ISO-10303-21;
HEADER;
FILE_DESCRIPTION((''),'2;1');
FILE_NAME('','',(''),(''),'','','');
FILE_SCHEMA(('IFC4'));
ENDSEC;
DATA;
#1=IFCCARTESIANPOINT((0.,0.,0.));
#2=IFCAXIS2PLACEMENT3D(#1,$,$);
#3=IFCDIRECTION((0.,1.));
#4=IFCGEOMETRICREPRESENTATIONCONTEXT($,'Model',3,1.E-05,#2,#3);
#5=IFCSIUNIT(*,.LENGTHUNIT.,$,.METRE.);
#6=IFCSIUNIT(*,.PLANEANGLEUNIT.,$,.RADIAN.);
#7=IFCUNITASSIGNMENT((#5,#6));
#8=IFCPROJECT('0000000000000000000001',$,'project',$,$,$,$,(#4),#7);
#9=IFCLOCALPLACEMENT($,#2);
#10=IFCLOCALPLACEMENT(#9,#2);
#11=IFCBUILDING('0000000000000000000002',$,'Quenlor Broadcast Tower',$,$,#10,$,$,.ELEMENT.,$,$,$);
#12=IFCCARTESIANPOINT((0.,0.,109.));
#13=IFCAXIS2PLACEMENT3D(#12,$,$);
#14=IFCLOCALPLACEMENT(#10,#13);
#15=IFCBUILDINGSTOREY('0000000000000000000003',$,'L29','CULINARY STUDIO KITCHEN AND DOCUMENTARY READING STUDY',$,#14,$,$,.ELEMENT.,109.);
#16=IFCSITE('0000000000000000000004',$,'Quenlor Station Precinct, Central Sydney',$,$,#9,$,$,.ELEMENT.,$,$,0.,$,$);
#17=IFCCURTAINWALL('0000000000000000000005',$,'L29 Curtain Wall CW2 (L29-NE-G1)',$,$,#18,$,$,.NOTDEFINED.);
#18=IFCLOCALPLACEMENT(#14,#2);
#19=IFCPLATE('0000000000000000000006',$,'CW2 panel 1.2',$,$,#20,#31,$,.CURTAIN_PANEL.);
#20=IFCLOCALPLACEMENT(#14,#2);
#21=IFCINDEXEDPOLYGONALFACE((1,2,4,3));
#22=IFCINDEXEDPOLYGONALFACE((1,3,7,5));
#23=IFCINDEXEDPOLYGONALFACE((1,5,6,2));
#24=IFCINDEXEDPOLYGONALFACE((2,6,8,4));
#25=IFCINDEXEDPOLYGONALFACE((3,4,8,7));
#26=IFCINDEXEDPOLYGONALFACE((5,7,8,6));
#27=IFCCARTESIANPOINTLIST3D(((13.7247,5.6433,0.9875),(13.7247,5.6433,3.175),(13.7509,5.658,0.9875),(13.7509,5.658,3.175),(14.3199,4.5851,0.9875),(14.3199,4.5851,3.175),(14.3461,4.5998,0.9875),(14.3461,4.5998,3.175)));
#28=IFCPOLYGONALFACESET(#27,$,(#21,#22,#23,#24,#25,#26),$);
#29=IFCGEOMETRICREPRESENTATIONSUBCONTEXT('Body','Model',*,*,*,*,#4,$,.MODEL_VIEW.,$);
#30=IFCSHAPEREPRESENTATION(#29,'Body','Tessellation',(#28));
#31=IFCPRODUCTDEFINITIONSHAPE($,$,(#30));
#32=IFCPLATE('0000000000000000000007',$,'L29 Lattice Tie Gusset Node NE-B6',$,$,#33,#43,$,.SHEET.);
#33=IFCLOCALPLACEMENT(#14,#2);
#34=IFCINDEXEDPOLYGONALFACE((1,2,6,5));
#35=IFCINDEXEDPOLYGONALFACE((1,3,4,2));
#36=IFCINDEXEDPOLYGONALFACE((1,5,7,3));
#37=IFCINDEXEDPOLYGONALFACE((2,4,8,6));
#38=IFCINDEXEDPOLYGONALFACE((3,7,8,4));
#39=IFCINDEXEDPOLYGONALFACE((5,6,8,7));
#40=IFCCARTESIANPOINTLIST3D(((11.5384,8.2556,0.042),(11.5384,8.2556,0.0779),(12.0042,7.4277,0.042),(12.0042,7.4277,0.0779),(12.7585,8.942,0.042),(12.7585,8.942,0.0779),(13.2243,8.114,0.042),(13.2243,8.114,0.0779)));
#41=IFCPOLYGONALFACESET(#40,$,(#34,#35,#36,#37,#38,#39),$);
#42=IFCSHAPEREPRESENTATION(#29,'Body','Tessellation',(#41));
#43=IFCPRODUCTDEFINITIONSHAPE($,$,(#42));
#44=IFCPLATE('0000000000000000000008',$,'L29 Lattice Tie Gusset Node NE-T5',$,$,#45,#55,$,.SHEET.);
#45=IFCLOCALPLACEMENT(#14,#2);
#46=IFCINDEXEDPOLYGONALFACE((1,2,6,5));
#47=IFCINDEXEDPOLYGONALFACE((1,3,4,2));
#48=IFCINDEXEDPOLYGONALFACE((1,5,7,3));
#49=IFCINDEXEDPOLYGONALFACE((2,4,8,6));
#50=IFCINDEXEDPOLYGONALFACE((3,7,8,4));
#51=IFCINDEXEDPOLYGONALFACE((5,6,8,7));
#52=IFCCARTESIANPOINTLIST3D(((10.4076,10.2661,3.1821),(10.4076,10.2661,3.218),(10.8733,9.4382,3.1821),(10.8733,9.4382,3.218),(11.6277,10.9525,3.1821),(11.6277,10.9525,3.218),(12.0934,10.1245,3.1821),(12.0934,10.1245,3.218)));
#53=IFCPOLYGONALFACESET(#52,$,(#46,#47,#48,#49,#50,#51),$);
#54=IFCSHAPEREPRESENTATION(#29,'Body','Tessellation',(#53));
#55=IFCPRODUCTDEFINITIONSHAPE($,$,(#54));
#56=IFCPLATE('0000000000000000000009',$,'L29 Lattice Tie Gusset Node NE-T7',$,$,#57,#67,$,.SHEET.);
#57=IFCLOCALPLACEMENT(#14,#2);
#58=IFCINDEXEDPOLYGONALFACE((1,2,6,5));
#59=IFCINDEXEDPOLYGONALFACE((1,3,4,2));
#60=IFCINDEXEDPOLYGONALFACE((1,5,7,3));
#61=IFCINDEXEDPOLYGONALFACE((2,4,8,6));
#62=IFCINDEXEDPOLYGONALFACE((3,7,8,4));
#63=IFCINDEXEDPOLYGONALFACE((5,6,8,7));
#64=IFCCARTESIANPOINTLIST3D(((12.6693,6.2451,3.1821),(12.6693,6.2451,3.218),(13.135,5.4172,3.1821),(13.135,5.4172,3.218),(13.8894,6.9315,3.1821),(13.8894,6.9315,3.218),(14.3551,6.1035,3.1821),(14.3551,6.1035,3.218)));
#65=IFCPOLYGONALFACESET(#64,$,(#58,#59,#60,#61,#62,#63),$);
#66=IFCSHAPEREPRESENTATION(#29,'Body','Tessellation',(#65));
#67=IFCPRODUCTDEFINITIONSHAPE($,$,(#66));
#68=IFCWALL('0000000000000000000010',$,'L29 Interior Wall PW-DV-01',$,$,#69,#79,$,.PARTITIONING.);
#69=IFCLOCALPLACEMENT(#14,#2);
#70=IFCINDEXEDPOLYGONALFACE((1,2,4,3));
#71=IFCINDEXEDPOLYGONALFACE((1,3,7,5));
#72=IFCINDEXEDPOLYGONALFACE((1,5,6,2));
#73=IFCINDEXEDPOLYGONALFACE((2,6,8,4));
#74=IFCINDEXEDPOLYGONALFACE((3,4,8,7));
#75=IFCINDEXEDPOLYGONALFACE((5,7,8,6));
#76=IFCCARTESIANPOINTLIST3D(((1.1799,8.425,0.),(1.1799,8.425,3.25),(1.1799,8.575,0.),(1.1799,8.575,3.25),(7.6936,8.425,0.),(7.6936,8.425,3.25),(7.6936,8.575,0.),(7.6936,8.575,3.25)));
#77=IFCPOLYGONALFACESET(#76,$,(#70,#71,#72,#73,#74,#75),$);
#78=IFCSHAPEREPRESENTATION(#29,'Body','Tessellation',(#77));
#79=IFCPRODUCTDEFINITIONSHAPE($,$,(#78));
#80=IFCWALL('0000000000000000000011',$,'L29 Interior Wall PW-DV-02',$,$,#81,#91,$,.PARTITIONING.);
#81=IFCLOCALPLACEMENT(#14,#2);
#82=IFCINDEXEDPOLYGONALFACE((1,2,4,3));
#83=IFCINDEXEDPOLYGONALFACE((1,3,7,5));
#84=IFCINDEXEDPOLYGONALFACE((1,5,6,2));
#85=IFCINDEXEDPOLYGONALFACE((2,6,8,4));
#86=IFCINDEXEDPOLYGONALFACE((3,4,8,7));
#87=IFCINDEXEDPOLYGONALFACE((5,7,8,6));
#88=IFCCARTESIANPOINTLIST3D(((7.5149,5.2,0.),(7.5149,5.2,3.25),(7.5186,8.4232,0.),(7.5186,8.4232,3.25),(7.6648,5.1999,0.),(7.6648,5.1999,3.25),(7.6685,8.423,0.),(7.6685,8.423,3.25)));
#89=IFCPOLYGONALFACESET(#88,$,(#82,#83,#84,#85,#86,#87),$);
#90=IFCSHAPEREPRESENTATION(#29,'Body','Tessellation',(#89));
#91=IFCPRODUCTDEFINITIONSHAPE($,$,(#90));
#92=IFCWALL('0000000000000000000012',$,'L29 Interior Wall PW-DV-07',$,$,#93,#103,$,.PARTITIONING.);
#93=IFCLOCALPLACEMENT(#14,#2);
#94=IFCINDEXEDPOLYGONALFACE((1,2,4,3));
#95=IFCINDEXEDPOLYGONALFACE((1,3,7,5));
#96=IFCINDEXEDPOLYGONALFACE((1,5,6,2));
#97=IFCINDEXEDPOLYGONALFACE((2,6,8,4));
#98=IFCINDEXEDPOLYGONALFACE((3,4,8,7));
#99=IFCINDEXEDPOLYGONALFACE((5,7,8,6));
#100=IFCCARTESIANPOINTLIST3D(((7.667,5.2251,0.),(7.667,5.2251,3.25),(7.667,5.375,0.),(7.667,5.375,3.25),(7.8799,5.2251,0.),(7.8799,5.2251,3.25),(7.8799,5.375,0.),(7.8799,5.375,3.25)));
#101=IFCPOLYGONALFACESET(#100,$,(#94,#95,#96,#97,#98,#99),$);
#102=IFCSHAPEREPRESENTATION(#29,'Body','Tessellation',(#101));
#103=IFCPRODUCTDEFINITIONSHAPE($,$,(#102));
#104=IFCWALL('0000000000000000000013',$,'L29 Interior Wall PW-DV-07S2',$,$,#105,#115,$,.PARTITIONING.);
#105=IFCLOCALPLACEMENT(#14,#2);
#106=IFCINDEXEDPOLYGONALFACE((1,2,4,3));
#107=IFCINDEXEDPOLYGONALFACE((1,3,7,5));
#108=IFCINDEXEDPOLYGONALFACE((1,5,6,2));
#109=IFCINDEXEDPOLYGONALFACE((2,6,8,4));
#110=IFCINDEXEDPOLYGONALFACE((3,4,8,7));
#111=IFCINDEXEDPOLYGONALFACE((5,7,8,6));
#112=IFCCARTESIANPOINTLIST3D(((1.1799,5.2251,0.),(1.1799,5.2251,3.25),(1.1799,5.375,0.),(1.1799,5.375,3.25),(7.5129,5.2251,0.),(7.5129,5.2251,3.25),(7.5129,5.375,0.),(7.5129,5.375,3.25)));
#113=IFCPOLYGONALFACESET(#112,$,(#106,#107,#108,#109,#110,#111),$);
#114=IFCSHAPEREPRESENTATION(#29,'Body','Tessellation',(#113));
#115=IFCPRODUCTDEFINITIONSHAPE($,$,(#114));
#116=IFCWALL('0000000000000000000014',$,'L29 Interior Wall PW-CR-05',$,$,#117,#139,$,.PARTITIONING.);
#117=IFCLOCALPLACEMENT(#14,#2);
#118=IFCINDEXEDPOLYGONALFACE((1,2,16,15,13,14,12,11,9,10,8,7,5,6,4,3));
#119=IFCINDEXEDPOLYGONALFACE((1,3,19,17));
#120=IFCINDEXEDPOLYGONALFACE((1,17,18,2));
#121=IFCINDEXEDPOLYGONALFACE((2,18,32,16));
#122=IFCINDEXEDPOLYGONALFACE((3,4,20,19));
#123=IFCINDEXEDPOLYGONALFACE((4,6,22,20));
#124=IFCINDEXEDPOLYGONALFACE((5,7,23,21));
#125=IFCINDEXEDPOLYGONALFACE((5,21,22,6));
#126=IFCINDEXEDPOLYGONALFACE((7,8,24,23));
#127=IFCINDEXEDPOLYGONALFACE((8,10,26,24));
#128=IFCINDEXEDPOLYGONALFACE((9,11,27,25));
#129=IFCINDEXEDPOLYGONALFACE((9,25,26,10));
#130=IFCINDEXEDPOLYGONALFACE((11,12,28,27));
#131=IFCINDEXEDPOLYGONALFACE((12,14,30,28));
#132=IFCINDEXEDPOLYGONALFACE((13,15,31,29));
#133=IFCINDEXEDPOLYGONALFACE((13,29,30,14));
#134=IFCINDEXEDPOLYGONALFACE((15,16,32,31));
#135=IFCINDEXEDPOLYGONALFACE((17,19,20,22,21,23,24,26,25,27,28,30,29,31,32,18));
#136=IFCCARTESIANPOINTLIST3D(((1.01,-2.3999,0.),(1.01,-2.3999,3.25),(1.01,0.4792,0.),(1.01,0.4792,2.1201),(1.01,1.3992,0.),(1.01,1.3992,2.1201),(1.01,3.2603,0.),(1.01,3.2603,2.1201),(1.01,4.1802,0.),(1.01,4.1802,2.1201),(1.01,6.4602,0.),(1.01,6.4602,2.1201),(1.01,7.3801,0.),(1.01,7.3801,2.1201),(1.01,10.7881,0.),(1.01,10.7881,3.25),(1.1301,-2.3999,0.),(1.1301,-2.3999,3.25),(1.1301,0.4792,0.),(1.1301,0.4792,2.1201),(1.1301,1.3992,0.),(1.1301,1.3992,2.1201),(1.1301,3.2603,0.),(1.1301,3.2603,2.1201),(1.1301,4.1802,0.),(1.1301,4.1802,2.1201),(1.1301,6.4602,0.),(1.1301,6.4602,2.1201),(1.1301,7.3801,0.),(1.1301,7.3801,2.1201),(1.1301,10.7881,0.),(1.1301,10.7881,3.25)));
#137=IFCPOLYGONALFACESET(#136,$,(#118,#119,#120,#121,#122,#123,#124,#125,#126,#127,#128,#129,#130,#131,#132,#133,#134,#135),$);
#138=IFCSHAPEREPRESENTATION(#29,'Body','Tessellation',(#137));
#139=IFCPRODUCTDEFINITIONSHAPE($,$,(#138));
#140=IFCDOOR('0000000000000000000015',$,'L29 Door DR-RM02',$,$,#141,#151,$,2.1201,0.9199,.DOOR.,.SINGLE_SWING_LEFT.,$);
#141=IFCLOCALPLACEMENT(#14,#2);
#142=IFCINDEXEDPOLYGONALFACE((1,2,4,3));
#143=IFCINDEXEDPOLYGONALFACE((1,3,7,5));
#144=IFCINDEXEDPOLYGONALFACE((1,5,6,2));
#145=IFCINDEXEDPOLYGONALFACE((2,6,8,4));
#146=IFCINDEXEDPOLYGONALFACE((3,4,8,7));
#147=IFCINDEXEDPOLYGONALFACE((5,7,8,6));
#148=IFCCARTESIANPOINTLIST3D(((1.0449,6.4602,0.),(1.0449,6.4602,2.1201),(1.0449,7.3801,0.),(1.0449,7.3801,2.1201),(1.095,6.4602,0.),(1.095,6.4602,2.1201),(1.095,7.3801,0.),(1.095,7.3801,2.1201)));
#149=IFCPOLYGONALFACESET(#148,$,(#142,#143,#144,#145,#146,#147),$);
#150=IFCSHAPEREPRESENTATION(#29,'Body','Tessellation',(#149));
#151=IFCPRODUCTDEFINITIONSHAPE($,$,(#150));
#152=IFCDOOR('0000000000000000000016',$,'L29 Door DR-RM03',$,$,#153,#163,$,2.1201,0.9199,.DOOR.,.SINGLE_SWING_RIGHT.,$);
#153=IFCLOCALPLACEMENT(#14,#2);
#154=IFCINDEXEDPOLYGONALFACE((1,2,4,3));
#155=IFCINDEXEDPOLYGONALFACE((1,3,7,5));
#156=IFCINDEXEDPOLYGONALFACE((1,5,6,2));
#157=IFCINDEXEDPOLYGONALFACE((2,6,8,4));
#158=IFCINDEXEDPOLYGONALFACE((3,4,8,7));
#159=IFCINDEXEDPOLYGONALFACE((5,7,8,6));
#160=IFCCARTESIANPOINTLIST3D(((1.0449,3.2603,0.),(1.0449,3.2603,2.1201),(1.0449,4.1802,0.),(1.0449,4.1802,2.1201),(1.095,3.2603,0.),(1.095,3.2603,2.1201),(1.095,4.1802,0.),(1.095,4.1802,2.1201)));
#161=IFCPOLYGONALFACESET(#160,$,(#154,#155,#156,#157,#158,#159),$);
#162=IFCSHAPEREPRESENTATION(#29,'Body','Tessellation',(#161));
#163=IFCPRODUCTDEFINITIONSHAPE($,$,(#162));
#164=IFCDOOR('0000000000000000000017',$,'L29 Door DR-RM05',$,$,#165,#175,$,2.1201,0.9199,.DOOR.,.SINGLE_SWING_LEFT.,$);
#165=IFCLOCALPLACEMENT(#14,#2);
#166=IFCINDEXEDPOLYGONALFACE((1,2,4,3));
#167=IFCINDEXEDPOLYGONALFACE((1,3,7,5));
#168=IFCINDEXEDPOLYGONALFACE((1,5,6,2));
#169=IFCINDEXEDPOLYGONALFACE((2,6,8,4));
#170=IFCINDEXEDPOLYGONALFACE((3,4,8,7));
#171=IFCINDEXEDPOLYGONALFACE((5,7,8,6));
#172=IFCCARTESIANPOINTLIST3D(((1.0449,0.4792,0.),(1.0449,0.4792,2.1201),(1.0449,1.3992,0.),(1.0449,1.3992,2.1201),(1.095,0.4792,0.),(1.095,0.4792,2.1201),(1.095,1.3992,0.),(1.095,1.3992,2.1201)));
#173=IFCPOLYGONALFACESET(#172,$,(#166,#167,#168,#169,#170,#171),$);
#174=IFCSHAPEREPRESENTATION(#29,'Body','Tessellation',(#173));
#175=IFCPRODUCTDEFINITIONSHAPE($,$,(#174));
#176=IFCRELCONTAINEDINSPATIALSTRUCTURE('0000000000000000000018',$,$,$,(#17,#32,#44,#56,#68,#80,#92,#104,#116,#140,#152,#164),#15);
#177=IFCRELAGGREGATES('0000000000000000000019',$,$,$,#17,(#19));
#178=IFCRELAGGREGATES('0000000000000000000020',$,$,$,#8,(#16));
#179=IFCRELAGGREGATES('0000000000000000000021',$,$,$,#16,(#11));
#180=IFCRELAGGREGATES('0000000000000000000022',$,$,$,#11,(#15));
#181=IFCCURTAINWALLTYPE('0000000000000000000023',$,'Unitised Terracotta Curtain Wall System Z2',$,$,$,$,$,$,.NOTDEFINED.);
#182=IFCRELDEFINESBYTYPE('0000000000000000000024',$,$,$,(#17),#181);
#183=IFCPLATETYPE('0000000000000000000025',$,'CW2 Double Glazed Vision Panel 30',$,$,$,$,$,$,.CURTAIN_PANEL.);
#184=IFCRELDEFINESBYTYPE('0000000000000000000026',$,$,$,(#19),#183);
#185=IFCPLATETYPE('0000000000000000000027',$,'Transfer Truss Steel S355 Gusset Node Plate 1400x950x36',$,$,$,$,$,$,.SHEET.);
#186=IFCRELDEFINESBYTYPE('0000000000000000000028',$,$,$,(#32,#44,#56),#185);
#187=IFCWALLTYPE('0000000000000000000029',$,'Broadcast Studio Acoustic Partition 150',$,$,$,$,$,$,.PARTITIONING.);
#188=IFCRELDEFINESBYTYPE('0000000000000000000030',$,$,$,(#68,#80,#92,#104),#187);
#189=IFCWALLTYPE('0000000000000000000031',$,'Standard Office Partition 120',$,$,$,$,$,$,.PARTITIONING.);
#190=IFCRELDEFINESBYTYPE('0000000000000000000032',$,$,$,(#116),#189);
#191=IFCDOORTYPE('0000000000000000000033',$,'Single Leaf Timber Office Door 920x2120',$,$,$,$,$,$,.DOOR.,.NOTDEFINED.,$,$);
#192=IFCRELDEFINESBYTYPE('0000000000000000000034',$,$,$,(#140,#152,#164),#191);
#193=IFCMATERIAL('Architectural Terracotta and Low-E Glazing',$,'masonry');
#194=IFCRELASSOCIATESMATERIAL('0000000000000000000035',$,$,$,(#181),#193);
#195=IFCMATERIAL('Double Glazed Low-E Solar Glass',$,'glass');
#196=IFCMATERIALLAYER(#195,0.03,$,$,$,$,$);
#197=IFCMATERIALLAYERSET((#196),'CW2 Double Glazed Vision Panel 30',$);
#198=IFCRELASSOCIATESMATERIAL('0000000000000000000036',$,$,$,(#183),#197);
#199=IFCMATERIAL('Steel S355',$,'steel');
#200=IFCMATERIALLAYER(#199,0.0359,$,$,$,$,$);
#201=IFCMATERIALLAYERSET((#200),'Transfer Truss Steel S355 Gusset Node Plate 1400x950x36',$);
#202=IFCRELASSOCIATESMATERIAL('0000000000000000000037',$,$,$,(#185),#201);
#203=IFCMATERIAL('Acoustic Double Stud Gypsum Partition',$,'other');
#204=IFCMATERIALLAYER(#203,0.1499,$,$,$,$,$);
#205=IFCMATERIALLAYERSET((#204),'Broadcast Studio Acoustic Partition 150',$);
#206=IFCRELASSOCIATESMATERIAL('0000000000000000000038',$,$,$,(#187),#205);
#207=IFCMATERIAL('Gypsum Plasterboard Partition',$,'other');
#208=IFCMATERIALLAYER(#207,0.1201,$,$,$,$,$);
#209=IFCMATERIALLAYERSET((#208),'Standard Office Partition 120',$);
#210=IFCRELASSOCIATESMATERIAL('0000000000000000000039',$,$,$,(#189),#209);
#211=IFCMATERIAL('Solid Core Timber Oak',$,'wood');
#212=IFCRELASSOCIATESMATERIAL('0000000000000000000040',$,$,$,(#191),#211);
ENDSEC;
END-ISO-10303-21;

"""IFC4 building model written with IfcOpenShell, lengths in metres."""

from ifc_helpers import new_model, si_unit, direction, frame, frame_2d, origin, origin_2d, place, context, subcontext, project, spatial, rectangle, extrude, material, layer, layer_set, type_object, element, fill, aggregate, save


model = new_model("IFC4")

# Units and contexts
model_context = context("Model", 3, precision=1e-05, world=origin(), true_north=direction((0.0, 1.0)))
body_context = subcontext(model_context, "Body", "Model", "MODEL_VIEW")
ifc_project = project(units=[si_unit("LENGTHUNIT", "METRE"), si_unit("PLANEANGLEUNIT", "RADIAN")], contexts=[model_context])

# Site, building, storey
site_placement = place(None, origin())
site = spatial("IfcSite", under=ifc_project, at=site_placement, Name="Quenlor Station Precinct, Central Sydney", CompositionType="ELEMENT", RefElevation=0.0)
building_placement = place(site_placement, origin())
building = spatial("IfcBuilding", under=site, at=building_placement, Name="Quenlor Broadcast Tower", CompositionType="ELEMENT")
storey_placement = place(building_placement, frame((0.0, 0.0, 109.0)))
storey = spatial("IfcBuildingStorey", under=building, at=storey_placement, Name="L29", Description="CULINARY STUDIO KITCHEN AND DOCUMENTARY READING STUDY", CompositionType="ELEMENT", Elevation=109.0)

# Shared definitions
ifc_material_1 = material(Name="Architectural Terracotta and Low-E Glazing", Category="masonry")
curtain_wall_type = type_object("IfcCurtainWallType", Name="Unitised Terracotta Curtain Wall System Z2", PredefinedType="NOTDEFINED", material=ifc_material_1)

# Curtain wall
curtain_wall_1_placement = place(storey_placement, origin())
curtain_wall_1 = element("IfcCurtainWall", 1, at=curtain_wall_1_placement, inside=storey, type_object=curtain_wall_type, Name="L29 Curtain Wall CW2 (L29-NE-G1)", PredefinedType="NOTDEFINED")

# Plate
ifc_material_2 = material(Name="Double Glazed Low-E Solar Glass", Category="glass")
ifc_layer_1 = layer(ifc_material_2, 0.03)
ifc_layer_set_1 = layer_set([ifc_layer_1], Name="CW2 Double Glazed Vision Panel 30")
plate_type_1 = type_object("IfcPlateType", Name="CW2 Double Glazed Vision Panel 30", PredefinedType="CURTAIN_PANEL", material=ifc_layer_set_1)
plate_1_placement = place(storey_placement, frame((14.0354, 5.1216, 0.9875), z_axis=(0.0, 0.0, 1.0), x_axis=(0.490254, -0.871579, 0.0)))
plate_1 = element("IfcPlate", 2, at=plate_1_placement, type_object=plate_type_1, Name="CW2 panel 1.2", PredefinedType="CURTAIN_PANEL", context=body_context, shape_type="SweptSolid", body=[
    extrude(rectangle(XDim=1.2141, YDim=0.03, at=origin_2d()), origin(), (0.0, 0.0, 1.0), 2.1875),
])
aggregate(curtain_wall_1, [plate_1])

# Plates
ifc_material_3 = material(Name="Steel S355", Category="steel")
ifc_layer_2 = layer(ifc_material_3, 0.0359)
ifc_layer_set_2 = layer_set([ifc_layer_2], Name="Transfer Truss Steel S355 Gusset Node Plate 1400x950x36")
plate_type_2 = type_object("IfcPlateType", Name="Transfer Truss Steel S355 Gusset Node Plate 1400x950x36", PredefinedType="SHEET", material=ifc_layer_set_2)
for number, where, z_axis, x_axis, name in (
    (3, (12.3813, 8.1848, 0.042), (0.0, 0.0, 1.0), (0.871556, 0.490295, 0.0), "L29 Lattice Tie Gusset Node NE-B6"),
    (4, (11.2505, 10.1953, 3.1821), (0.0, 0.0, 1.0), (0.871556, 0.490295, 0.0), "L29 Lattice Tie Gusset Node NE-T5"),
    (5, (13.5122, 6.1743, 3.1821), (0.0, 0.0, 1.0), (0.871556, 0.490295, 0.0), "L29 Lattice Tie Gusset Node NE-T7"),
):
    element("IfcPlate", number, at=place(storey_placement, frame(where, z_axis=z_axis, x_axis=x_axis)), inside=storey, type_object=plate_type_2, Name=name, PredefinedType="SHEET", context=body_context, shape_type="SweptSolid", body=[
        extrude(rectangle(XDim=1.3999, YDim=0.95, at=origin_2d()), origin(), (0.0, 0.0, 1.0), 0.0359),
    ])

# Walls
ifc_material_4 = material(Name="Acoustic Double Stud Gypsum Partition", Category="other")
ifc_layer_3 = layer(ifc_material_4, 0.1499)
ifc_layer_set_3 = layer_set([ifc_layer_3], Name="Broadcast Studio Acoustic Partition 150")
wall_type_1 = type_object("IfcWallType", Name="Broadcast Studio Acoustic Partition 150", PredefinedType="PARTITIONING", material=ifc_layer_set_3)
wall_1_placement = place(storey_placement, frame((7.6936, 8.5, 0.0), z_axis=(0.0, 0.0, 1.0), x_axis=(-1.0, 0.0, 0.0)))
element("IfcWall", 6, at=wall_1_placement, inside=storey, type_object=wall_type_1, Name="L29 Interior Wall PW-DV-01", PredefinedType="PARTITIONING", context=body_context, shape_type="SweptSolid", body=[
    extrude(rectangle(XDim=6.5137, YDim=0.1499, at=frame_2d((3.2568, 0.0))), origin(), (0.0, 0.0, 1.0), 3.25),
])
wall_2_placement = place(storey_placement, frame((7.5898, 5.2, 0.0), z_axis=(0.0, 0.0, 1.0), x_axis=(0.001136, 0.999999, 0.0)))
element("IfcWall", 7, at=wall_2_placement, inside=storey, type_object=wall_type_1, Name="L29 Interior Wall PW-DV-02", PredefinedType="PARTITIONING", context=body_context, shape_type="SweptSolid", body=[
    extrude(rectangle(XDim=3.2231, YDim=0.1499, at=frame_2d((1.6116, 0.0))), origin(), (0.0, 0.0, 1.0), 3.25),
])
wall_3_placement = place(storey_placement, frame((7.8799, 5.3, 0.0), z_axis=(0.0, 0.0, 1.0), x_axis=(-1.0, 0.0, 0.0)))
element("IfcWall", 8, at=wall_3_placement, inside=storey, type_object=wall_type_1, Name="L29 Interior Wall PW-DV-07", PredefinedType="PARTITIONING", context=body_context, shape_type="SweptSolid", body=[
    extrude(rectangle(XDim=0.2129, YDim=0.1499, at=frame_2d((0.1064, 0.0))), origin(), (0.0, 0.0, 1.0), 3.25),
])
wall_4_placement = place(storey_placement, frame((7.5129, 5.3, 0.0), z_axis=(0.0, 0.0, 1.0), x_axis=(-1.0, 0.0, 0.0)))
element("IfcWall", 9, at=wall_4_placement, inside=storey, type_object=wall_type_1, Name="L29 Interior Wall PW-DV-07S2", PredefinedType="PARTITIONING", context=body_context, shape_type="SweptSolid", body=[
    extrude(rectangle(XDim=6.333, YDim=0.1499, at=frame_2d((3.1665, 0.0))), origin(), (0.0, 0.0, 1.0), 3.25),
])

# Wall, openings, doors
ifc_material_5 = material(Name="Gypsum Plasterboard Partition", Category="other")
ifc_layer_4 = layer(ifc_material_5, 0.1201)
ifc_layer_set_4 = layer_set([ifc_layer_4], Name="Standard Office Partition 120")
wall_type_2 = type_object("IfcWallType", Name="Standard Office Partition 120", PredefinedType="PARTITIONING", material=ifc_layer_set_4)
wall_5_placement = place(storey_placement, frame((1.0701, 10.7881, 0.0), z_axis=(0.0, 0.0, 1.0), x_axis=(0.0, -1.0, 0.0)))
wall_5 = element("IfcWall", 10, at=wall_5_placement, inside=storey, type_object=wall_type_2, Name="L29 Interior Wall PW-CR-05", PredefinedType="PARTITIONING", context=body_context, shape_type="SweptSolid", body=[
    extrude(rectangle(XDim=13.188, YDim=0.1201, at=frame_2d((6.594, 0.0))), origin(), (0.0, 0.0, 1.0), 3.25),
])
opening_1_placement = place(wall_5_placement, frame((3.408, 0.0, 0.0)))
opening_1 = element("IfcOpeningElement", 11, at=opening_1_placement, cuts=wall_5, PredefinedType="OPENING", context=body_context, shape_type="SweptSolid", body=[
    extrude(rectangle(XDim=0.9199, YDim=2.1201, at=frame_2d((0.46, 1.0601))), frame((0.0, 0.0701, 0.0), z_axis=(0.0, -1.0, 0.0), x_axis=(1.0, 0.0, 0.0)), (0.0, 0.0, 1.0), 0.1401),
])
opening_2_placement = place(wall_5_placement, frame((6.6079, 0.0, 0.0)))
opening_2 = element("IfcOpeningElement", 12, at=opening_2_placement, cuts=wall_5, PredefinedType="OPENING", context=body_context, shape_type="SweptSolid", body=[
    extrude(rectangle(XDim=0.9199, YDim=2.1201, at=frame_2d((0.46, 1.0601))), frame((0.0, 0.0701, 0.0), z_axis=(0.0, -1.0, 0.0), x_axis=(1.0, 0.0, 0.0)), (0.0, 0.0, 1.0), 0.1401),
])
opening_3_placement = place(wall_5_placement, frame((9.3889, 0.0, 0.0)))
opening_3 = element("IfcOpeningElement", 13, at=opening_3_placement, cuts=wall_5, PredefinedType="OPENING", context=body_context, shape_type="SweptSolid", body=[
    extrude(rectangle(XDim=0.9199, YDim=2.1201, at=frame_2d((0.46, 1.0601))), frame((0.0, 0.0701, 0.0), z_axis=(0.0, -1.0, 0.0), x_axis=(1.0, 0.0, 0.0)), (0.0, 0.0, 1.0), 0.1401),
])
ifc_material_6 = material(Name="Solid Core Timber Oak", Category="wood")
door_type = type_object("IfcDoorType", Name="Single Leaf Timber Office Door 920x2120", OperationType="NOTDEFINED", PredefinedType="DOOR", material=ifc_material_6)
door_1_placement = place(opening_1_placement, origin())
door_1 = element("IfcDoor", 14, at=door_1_placement, inside=storey, type_object=door_type, Name="L29 Door DR-RM02", OperationType="SINGLE_SWING_LEFT", OverallHeight=2.1201, OverallWidth=0.9199, PredefinedType="DOOR", context=body_context, shape_type="SweptSolid", body=[
    extrude(rectangle(XDim=0.9199, YDim=2.1201, at=frame_2d((0.46, 1.0601))), frame((0.0, 0.0249, 0.0), z_axis=(0.0, -1.0, 0.0), x_axis=(1.0, 0.0, 0.0)), (0.0, 0.0, 1.0), 0.05),
])
fill(opening_1, door_1)
door_2_placement = place(opening_2_placement, origin())
door_2 = element("IfcDoor", 15, at=door_2_placement, inside=storey, type_object=door_type, Name="L29 Door DR-RM03", OperationType="SINGLE_SWING_RIGHT", OverallHeight=2.1201, OverallWidth=0.9199, PredefinedType="DOOR", context=body_context, shape_type="SweptSolid", body=[
    extrude(rectangle(XDim=0.9199, YDim=2.1201, at=frame_2d((0.46, 1.0601))), frame((0.0, 0.0249, 0.0), z_axis=(0.0, -1.0, 0.0), x_axis=(1.0, 0.0, 0.0)), (0.0, 0.0, 1.0), 0.05),
])
fill(opening_2, door_2)
door_3_placement = place(opening_3_placement, origin())
door_3 = element("IfcDoor", 16, at=door_3_placement, inside=storey, type_object=door_type, Name="L29 Door DR-RM05", OperationType="SINGLE_SWING_LEFT", OverallHeight=2.1201, OverallWidth=0.9199, PredefinedType="DOOR", context=body_context, shape_type="SweptSolid", body=[
    extrude(rectangle(XDim=0.9199, YDim=2.1201, at=frame_2d((0.46, 1.0601))), frame((0.0, 0.0249, 0.0), z_axis=(0.0, -1.0, 0.0), x_axis=(1.0, 0.0, 0.0)), (0.0, 0.0, 1.0), 0.05),
])
fill(opening_3, door_3)

save(model, "model.ifc")
